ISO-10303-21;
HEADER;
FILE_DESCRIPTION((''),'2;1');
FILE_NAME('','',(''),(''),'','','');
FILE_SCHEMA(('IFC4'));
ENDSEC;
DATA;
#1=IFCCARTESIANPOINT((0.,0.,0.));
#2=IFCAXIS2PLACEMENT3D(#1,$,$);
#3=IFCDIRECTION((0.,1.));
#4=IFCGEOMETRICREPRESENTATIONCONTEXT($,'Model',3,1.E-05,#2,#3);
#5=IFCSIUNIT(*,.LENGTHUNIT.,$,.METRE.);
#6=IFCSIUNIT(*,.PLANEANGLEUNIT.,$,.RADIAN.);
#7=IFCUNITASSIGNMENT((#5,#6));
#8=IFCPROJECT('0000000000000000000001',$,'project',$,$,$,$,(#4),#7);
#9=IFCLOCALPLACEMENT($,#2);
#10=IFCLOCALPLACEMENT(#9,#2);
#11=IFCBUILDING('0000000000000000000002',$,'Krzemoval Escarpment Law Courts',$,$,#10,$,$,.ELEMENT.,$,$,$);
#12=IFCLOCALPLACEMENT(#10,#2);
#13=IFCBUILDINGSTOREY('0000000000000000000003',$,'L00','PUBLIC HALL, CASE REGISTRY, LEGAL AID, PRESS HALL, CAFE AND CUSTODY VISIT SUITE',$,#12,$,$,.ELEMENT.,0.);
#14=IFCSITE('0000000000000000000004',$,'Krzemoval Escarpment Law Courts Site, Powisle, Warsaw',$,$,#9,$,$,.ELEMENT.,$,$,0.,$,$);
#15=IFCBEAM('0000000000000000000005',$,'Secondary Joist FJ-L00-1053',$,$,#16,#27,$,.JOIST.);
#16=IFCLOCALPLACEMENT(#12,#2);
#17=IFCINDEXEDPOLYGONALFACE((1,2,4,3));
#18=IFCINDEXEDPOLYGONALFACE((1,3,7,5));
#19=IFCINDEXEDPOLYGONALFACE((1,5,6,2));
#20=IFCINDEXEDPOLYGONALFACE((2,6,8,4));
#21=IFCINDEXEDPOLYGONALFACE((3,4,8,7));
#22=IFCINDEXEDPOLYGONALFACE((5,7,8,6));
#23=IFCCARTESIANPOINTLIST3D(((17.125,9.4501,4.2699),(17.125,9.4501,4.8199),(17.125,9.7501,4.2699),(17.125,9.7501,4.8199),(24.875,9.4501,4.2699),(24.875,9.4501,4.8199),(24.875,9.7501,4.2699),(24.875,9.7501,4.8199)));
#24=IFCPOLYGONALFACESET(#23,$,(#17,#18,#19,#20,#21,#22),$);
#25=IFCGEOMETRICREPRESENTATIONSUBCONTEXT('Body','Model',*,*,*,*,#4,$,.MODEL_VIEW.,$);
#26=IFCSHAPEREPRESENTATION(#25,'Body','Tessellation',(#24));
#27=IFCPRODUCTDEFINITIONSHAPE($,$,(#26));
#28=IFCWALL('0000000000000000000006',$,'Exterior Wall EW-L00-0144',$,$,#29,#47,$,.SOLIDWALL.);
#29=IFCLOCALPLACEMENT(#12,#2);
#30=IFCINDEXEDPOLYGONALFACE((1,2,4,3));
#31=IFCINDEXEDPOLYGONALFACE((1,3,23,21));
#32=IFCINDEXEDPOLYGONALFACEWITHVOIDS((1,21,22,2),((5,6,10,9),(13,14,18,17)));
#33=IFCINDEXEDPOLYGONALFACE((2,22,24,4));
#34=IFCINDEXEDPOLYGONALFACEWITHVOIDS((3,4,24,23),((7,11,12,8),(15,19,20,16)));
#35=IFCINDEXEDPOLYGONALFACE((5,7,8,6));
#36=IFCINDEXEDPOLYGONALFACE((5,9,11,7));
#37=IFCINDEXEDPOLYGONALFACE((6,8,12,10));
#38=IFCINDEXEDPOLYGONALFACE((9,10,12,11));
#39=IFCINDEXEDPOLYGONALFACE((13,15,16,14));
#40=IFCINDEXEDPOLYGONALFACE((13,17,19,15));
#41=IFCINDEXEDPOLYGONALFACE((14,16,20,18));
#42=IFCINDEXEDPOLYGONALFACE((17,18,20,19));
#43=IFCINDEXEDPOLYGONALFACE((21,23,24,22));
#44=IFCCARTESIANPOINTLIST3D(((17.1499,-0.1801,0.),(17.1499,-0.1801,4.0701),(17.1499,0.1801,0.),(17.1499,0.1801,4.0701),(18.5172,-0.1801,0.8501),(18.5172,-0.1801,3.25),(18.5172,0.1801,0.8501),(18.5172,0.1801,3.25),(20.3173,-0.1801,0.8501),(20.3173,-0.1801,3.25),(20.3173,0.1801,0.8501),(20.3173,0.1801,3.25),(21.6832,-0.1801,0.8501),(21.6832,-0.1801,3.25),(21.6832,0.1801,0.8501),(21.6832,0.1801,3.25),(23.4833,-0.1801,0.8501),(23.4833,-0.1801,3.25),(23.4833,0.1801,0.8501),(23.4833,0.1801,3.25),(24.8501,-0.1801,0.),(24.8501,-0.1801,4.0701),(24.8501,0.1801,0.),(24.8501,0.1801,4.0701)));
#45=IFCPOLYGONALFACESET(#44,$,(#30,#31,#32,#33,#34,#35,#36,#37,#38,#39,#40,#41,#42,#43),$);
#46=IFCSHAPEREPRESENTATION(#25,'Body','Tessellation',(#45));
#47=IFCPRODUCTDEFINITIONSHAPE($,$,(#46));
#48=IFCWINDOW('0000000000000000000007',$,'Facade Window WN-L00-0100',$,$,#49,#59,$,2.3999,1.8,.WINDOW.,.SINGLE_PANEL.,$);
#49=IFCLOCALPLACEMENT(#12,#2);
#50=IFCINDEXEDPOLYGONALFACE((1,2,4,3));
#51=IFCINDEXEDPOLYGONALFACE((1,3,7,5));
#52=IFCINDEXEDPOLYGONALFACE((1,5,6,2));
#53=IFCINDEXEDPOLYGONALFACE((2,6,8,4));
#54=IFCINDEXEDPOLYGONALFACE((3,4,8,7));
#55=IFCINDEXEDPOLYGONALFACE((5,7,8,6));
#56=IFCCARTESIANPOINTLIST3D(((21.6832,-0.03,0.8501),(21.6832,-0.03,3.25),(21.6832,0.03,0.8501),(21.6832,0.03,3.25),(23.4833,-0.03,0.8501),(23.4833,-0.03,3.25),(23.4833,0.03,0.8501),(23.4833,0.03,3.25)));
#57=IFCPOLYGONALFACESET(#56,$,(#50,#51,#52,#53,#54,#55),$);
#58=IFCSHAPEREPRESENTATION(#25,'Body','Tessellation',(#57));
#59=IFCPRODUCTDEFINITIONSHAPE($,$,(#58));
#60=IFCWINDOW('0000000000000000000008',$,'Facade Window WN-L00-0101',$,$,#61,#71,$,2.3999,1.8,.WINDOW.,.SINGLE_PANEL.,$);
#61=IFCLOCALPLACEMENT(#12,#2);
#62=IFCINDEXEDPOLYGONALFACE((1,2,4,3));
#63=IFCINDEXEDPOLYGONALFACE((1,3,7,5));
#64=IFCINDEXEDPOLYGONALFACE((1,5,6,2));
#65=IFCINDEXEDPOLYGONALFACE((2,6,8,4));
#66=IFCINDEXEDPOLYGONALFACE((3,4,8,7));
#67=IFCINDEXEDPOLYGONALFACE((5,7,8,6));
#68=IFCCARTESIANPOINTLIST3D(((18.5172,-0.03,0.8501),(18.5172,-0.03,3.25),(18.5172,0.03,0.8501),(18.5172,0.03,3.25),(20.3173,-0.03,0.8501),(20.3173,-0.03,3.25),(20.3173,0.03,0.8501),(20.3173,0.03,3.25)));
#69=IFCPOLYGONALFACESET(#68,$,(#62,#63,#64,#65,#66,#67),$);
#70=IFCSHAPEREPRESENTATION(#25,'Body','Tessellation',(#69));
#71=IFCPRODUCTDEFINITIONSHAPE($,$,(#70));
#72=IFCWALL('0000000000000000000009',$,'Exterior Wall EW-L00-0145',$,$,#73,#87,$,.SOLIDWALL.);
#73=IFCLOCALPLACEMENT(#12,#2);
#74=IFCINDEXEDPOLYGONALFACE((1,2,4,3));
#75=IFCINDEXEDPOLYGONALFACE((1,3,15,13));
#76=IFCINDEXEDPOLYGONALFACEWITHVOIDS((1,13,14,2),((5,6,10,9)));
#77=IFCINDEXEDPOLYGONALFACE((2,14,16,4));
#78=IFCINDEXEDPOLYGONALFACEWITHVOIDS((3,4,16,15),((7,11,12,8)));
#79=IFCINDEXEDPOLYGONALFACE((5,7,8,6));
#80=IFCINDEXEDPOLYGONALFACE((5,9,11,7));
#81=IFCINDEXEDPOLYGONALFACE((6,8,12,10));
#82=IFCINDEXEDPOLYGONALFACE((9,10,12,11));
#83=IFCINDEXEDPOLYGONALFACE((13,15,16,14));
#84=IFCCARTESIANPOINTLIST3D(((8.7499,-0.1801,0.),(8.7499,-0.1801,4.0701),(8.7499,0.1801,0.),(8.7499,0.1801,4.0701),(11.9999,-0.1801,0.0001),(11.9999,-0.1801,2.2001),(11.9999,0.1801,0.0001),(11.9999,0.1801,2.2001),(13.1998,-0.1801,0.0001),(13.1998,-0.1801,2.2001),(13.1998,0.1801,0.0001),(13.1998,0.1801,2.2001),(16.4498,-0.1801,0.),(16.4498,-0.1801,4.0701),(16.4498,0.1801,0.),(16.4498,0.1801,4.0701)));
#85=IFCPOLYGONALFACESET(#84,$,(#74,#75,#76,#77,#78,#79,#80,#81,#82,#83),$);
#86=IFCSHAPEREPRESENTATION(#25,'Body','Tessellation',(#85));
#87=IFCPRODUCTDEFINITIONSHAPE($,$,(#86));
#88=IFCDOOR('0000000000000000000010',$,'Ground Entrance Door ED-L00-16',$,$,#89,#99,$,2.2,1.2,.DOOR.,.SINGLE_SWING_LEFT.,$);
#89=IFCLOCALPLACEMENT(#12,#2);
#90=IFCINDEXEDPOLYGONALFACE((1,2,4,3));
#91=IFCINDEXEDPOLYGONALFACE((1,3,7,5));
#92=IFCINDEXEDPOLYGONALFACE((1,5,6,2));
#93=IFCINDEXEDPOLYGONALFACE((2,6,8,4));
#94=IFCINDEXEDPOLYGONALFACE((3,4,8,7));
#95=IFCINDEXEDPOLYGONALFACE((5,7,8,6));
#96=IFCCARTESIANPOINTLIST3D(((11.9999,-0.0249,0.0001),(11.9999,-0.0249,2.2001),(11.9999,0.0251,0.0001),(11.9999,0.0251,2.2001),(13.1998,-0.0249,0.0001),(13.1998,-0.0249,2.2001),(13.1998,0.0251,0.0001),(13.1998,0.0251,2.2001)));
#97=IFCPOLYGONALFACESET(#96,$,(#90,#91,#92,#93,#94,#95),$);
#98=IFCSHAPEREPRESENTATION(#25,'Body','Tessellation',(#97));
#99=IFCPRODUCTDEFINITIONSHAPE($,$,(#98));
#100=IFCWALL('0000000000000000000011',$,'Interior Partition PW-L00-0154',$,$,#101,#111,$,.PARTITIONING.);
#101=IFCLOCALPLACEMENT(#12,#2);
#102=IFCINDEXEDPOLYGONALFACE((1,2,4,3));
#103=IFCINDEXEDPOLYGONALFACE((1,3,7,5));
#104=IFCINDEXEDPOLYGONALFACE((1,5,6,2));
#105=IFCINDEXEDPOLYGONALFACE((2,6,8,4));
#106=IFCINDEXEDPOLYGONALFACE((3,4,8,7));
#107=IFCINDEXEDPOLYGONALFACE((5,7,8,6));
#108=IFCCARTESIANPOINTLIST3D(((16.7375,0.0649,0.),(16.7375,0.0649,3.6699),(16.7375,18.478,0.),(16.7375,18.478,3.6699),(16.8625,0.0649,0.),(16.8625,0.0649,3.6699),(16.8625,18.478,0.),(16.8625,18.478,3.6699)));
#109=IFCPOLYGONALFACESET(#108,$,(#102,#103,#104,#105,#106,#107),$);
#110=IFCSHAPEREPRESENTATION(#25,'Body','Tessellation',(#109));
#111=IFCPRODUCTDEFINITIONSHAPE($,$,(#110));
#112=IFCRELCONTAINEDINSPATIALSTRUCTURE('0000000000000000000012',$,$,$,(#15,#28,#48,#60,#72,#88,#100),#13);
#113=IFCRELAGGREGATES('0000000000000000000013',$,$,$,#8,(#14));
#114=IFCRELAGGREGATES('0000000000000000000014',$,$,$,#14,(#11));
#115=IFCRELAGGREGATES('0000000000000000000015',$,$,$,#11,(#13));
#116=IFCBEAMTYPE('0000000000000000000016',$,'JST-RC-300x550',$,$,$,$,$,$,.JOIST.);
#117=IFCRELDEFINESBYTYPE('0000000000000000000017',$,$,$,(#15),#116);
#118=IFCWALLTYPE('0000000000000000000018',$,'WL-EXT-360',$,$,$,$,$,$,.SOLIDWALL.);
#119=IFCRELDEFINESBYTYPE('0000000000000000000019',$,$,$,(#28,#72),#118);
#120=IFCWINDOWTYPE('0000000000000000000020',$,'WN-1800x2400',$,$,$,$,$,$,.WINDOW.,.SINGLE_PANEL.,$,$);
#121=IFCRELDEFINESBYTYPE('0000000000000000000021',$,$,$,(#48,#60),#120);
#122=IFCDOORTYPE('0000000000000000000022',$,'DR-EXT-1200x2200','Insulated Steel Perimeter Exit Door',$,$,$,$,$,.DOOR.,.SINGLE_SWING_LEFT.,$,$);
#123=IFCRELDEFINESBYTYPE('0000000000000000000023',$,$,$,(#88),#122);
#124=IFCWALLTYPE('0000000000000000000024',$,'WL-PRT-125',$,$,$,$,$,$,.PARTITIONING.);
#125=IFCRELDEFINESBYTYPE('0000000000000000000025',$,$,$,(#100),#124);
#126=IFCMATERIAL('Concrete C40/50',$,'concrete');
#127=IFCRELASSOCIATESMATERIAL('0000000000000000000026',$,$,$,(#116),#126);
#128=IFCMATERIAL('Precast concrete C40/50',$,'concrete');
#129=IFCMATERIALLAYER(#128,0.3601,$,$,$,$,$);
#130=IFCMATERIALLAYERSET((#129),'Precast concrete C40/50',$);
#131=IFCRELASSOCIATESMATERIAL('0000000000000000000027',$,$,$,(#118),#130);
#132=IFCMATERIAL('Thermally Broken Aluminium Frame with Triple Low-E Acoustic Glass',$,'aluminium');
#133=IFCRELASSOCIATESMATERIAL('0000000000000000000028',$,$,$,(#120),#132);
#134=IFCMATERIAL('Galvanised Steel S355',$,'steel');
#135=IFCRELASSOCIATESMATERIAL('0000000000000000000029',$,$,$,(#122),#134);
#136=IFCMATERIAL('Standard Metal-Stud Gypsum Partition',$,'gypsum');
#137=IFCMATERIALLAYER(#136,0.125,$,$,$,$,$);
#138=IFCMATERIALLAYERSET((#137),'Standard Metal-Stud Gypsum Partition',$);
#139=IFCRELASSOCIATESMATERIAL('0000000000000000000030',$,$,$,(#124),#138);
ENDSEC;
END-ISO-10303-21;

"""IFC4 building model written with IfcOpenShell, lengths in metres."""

from ifc_helpers import new_model, si_unit, direction, frame, frame_2d, origin, origin_2d, place, context, subcontext, project, spatial, rectangle, extrude, material, layer, layer_set, material_profile, profile_set, type_object, element, fill, save


model = new_model("IFC4")

# Units and contexts
model_context = context("Model", 3, precision=1e-05, world=origin(), true_north=direction((0.0, 1.0)))
body_context = subcontext(model_context, "Body", "Model", "MODEL_VIEW")
ifc_project = project(units=[si_unit("LENGTHUNIT", "METRE"), si_unit("PLANEANGLEUNIT", "RADIAN")], contexts=[model_context])

# Site, building, storey
site_placement = place(None, origin())
site = spatial("IfcSite", under=ifc_project, at=site_placement, Name="Krzemoval Escarpment Law Courts Site, Powisle, Warsaw", CompositionType="ELEMENT", RefElevation=0.0)
building_placement = place(site_placement, origin())
building = spatial("IfcBuilding", under=site, at=building_placement, Name="Krzemoval Escarpment Law Courts", CompositionType="ELEMENT")
storey_placement = place(building_placement, origin())
storey = spatial("IfcBuildingStorey", under=building, at=storey_placement, Name="L00", Description="PUBLIC HALL, CASE REGISTRY, LEGAL AID, PRESS HALL, CAFE AND CUSTODY VISIT SUITE", CompositionType="ELEMENT", Elevation=0.0)

# Beam
ifc_material_1 = material(Name="Concrete C40/50", Category="concrete")
ifc_material_profile_1 = material_profile(ifc_material_1, rectangle(XDim=0.3, YDim=0.55, at=origin_2d()), Name="RCB 300x550")
ifc_profile_set_1 = profile_set([ifc_material_profile_1], Name="Concrete C40/50")
beam_type_1 = type_object("IfcBeamType", Name="JST-RC-300x550", PredefinedType="JOIST", material=ifc_profile_set_1)
for number, where, z_axis, x_axis, name in (
    (1, (17.125, 9.6001, 4.5449), (1.0, 0.0, 0.0), (0.0, 1.0, 0.0), "Secondary Joist FJ-L00-1053"),
):
    element("IfcBeam", number, at=place(storey_placement, frame(where, z_axis=z_axis, x_axis=x_axis)), inside=storey, type_object=beam_type_1, Name=name, PredefinedType="JOIST", context=body_context, shape_type="SweptSolid", body=[
        extrude(rectangle(XDim=0.3, YDim=0.55, at=origin_2d()), origin(), (0.0, 0.0, 1.0), 7.75),
    ])

# Wall, openings, windows
ifc_material_2 = material(Name="Precast concrete C40/50", Category="concrete")
ifc_layer_1 = layer(ifc_material_2, 0.3601)
ifc_layer_set_1 = layer_set([ifc_layer_1], Name="Precast concrete C40/50")
wall_type_1 = type_object("IfcWallType", Name="WL-EXT-360", PredefinedType="SOLIDWALL", material=ifc_layer_set_1)
wall_1_placement = place(storey_placement, frame((24.8501, 0.0, 0.0), z_axis=(0.0, 0.0, 1.0), x_axis=(-1.0, 0.0, 0.0)))
wall_1 = element("IfcWall", 2, at=wall_1_placement, inside=storey, type_object=wall_type_1, Name="Exterior Wall EW-L00-0144", PredefinedType="SOLIDWALL", context=body_context, shape_type="SweptSolid", body=[
    extrude(rectangle(XDim=7.7002, YDim=0.3601, at=frame_2d((3.8501, 0.0))), origin(), (0.0, 0.0, 1.0), 4.0701),
])
opening_1_placement = place(wall_1_placement, frame((1.3669, 0.0, 0.8501)))
opening_1 = element("IfcOpeningElement", 3, at=opening_1_placement, cuts=wall_1, PredefinedType="OPENING", context=body_context, shape_type="SweptSolid", body=[
    extrude(rectangle(XDim=1.8, YDim=2.3999, at=frame_2d((0.8999, 1.2))), frame((0.0, 0.1951, 0.0), z_axis=(0.0, -1.0, 0.0), x_axis=(1.0, 0.0, 0.0)), (0.0, 0.0, 1.0), 0.3901),
])
opening_2_placement = place(wall_1_placement, frame((4.533, 0.0, 0.8501)))
opening_2 = element("IfcOpeningElement", 4, at=opening_2_placement, cuts=wall_1, PredefinedType="OPENING", context=body_context, shape_type="SweptSolid", body=[
    extrude(rectangle(XDim=1.8, YDim=2.3999, at=frame_2d((0.8999, 1.2))), frame((0.0, 0.1951, 0.0), z_axis=(0.0, -1.0, 0.0), x_axis=(1.0, 0.0, 0.0)), (0.0, 0.0, 1.0), 0.3901),
])
ifc_material_3 = material(Name="Thermally Broken Aluminium Frame with Triple Low-E Acoustic Glass", Category="aluminium")
window_type = type_object("IfcWindowType", Name="WN-1800x2400", PartitioningType="SINGLE_PANEL", PredefinedType="WINDOW", material=ifc_material_3)
window_1_placement = place(opening_1_placement, origin())
window_1 = element("IfcWindow", 5, at=window_1_placement, inside=storey, type_object=window_type, Name="Facade Window WN-L00-0100", OverallHeight=2.3999, OverallWidth=1.8, PartitioningType="SINGLE_PANEL", PredefinedType="WINDOW", context=body_context, shape_type="SweptSolid", body=[
    extrude(rectangle(XDim=1.8, YDim=2.3999, at=frame_2d((0.8999, 1.2))), frame((0.0, 0.03, 0.0), z_axis=(0.0, -1.0, 0.0), x_axis=(1.0, 0.0, 0.0)), (0.0, 0.0, 1.0), 0.0601),
])
fill(opening_1, window_1)
window_2_placement = place(opening_2_placement, origin())
window_2 = element("IfcWindow", 6, at=window_2_placement, inside=storey, type_object=window_type, Name="Facade Window WN-L00-0101", OverallHeight=2.3999, OverallWidth=1.8, PartitioningType="SINGLE_PANEL", PredefinedType="WINDOW", context=body_context, shape_type="SweptSolid", body=[
    extrude(rectangle(XDim=1.8, YDim=2.3999, at=frame_2d((0.8999, 1.2))), frame((0.0, 0.03, 0.0), z_axis=(0.0, -1.0, 0.0), x_axis=(1.0, 0.0, 0.0)), (0.0, 0.0, 1.0), 0.0601),
])
fill(opening_2, window_2)

# Wall, opening, door
wall_2_placement = place(storey_placement, frame((16.45, 0.0, 0.0), z_axis=(0.0, 0.0, 1.0), x_axis=(-1.0, 0.0, 0.0)))
wall_2 = element("IfcWall", 7, at=wall_2_placement, inside=storey, type_object=wall_type_1, Name="Exterior Wall EW-L00-0145", PredefinedType="SOLIDWALL", context=body_context, shape_type="SweptSolid", body=[
    extrude(rectangle(XDim=7.7, YDim=0.3601, at=frame_2d((3.8501, 0.0))), origin(), (0.0, 0.0, 1.0), 4.0701),
])
opening_3_placement = place(wall_2_placement, frame((3.25, 0.0, 0.0)))
opening_3 = element("IfcOpeningElement", 8, at=opening_3_placement, cuts=wall_2, PredefinedType="OPENING", context=body_context, shape_type="SweptSolid", body=[
    extrude(rectangle(XDim=1.2, YDim=2.2, at=frame_2d((0.6001, 1.1001))), frame((0.0, 0.1951, 0.0), z_axis=(0.0, -1.0, 0.0), x_axis=(1.0, 0.0, 0.0)), (0.0, 0.0, 1.0), 0.3901),
])
ifc_material_4 = material(Name="Galvanised Steel S355", Category="steel")
door_type = type_object("IfcDoorType", Name="DR-EXT-1200x2200", Description="Insulated Steel Perimeter Exit Door", OperationType="SINGLE_SWING_LEFT", PredefinedType="DOOR", material=ifc_material_4)
door_placement = place(opening_3_placement, origin())
door = element("IfcDoor", 9, at=door_placement, inside=storey, type_object=door_type, Name="Ground Entrance Door ED-L00-16", OperationType="SINGLE_SWING_LEFT", OverallHeight=2.2, OverallWidth=1.2, PredefinedType="DOOR", context=body_context, shape_type="SweptSolid", body=[
    extrude(rectangle(XDim=1.2, YDim=2.2, at=frame_2d((0.6001, 1.1001))), frame((0.0, 0.0249, 0.0), z_axis=(0.0, -1.0, 0.0), x_axis=(1.0, 0.0, 0.0)), (0.0, 0.0, 1.0), 0.05),
])
fill(opening_3, door)

# Wall
ifc_material_5 = material(Name="Standard Metal-Stud Gypsum Partition", Category="gypsum")
ifc_layer_2 = layer(ifc_material_5, 0.125)
ifc_layer_set_2 = layer_set([ifc_layer_2], Name="Standard Metal-Stud Gypsum Partition")
wall_type_2 = type_object("IfcWallType", Name="WL-PRT-125", PredefinedType="PARTITIONING", material=ifc_layer_set_2)
wall_3_placement = place(storey_placement, frame((16.8, 0.0649, 0.0), z_axis=(0.0, 0.0, 1.0), x_axis=(0.0, 1.0, 0.0)))
element("IfcWall", 10, at=wall_3_placement, inside=storey, type_object=wall_type_2, Name="Interior Partition PW-L00-0154", PredefinedType="PARTITIONING", context=body_context, shape_type="SweptSolid", body=[
    extrude(rectangle(XDim=18.4131, YDim=0.125, at=frame_2d((9.2065, 0.0))), origin(), (0.0, 0.0, 1.0), 3.6699),
])

save(model, "model.ifc")
